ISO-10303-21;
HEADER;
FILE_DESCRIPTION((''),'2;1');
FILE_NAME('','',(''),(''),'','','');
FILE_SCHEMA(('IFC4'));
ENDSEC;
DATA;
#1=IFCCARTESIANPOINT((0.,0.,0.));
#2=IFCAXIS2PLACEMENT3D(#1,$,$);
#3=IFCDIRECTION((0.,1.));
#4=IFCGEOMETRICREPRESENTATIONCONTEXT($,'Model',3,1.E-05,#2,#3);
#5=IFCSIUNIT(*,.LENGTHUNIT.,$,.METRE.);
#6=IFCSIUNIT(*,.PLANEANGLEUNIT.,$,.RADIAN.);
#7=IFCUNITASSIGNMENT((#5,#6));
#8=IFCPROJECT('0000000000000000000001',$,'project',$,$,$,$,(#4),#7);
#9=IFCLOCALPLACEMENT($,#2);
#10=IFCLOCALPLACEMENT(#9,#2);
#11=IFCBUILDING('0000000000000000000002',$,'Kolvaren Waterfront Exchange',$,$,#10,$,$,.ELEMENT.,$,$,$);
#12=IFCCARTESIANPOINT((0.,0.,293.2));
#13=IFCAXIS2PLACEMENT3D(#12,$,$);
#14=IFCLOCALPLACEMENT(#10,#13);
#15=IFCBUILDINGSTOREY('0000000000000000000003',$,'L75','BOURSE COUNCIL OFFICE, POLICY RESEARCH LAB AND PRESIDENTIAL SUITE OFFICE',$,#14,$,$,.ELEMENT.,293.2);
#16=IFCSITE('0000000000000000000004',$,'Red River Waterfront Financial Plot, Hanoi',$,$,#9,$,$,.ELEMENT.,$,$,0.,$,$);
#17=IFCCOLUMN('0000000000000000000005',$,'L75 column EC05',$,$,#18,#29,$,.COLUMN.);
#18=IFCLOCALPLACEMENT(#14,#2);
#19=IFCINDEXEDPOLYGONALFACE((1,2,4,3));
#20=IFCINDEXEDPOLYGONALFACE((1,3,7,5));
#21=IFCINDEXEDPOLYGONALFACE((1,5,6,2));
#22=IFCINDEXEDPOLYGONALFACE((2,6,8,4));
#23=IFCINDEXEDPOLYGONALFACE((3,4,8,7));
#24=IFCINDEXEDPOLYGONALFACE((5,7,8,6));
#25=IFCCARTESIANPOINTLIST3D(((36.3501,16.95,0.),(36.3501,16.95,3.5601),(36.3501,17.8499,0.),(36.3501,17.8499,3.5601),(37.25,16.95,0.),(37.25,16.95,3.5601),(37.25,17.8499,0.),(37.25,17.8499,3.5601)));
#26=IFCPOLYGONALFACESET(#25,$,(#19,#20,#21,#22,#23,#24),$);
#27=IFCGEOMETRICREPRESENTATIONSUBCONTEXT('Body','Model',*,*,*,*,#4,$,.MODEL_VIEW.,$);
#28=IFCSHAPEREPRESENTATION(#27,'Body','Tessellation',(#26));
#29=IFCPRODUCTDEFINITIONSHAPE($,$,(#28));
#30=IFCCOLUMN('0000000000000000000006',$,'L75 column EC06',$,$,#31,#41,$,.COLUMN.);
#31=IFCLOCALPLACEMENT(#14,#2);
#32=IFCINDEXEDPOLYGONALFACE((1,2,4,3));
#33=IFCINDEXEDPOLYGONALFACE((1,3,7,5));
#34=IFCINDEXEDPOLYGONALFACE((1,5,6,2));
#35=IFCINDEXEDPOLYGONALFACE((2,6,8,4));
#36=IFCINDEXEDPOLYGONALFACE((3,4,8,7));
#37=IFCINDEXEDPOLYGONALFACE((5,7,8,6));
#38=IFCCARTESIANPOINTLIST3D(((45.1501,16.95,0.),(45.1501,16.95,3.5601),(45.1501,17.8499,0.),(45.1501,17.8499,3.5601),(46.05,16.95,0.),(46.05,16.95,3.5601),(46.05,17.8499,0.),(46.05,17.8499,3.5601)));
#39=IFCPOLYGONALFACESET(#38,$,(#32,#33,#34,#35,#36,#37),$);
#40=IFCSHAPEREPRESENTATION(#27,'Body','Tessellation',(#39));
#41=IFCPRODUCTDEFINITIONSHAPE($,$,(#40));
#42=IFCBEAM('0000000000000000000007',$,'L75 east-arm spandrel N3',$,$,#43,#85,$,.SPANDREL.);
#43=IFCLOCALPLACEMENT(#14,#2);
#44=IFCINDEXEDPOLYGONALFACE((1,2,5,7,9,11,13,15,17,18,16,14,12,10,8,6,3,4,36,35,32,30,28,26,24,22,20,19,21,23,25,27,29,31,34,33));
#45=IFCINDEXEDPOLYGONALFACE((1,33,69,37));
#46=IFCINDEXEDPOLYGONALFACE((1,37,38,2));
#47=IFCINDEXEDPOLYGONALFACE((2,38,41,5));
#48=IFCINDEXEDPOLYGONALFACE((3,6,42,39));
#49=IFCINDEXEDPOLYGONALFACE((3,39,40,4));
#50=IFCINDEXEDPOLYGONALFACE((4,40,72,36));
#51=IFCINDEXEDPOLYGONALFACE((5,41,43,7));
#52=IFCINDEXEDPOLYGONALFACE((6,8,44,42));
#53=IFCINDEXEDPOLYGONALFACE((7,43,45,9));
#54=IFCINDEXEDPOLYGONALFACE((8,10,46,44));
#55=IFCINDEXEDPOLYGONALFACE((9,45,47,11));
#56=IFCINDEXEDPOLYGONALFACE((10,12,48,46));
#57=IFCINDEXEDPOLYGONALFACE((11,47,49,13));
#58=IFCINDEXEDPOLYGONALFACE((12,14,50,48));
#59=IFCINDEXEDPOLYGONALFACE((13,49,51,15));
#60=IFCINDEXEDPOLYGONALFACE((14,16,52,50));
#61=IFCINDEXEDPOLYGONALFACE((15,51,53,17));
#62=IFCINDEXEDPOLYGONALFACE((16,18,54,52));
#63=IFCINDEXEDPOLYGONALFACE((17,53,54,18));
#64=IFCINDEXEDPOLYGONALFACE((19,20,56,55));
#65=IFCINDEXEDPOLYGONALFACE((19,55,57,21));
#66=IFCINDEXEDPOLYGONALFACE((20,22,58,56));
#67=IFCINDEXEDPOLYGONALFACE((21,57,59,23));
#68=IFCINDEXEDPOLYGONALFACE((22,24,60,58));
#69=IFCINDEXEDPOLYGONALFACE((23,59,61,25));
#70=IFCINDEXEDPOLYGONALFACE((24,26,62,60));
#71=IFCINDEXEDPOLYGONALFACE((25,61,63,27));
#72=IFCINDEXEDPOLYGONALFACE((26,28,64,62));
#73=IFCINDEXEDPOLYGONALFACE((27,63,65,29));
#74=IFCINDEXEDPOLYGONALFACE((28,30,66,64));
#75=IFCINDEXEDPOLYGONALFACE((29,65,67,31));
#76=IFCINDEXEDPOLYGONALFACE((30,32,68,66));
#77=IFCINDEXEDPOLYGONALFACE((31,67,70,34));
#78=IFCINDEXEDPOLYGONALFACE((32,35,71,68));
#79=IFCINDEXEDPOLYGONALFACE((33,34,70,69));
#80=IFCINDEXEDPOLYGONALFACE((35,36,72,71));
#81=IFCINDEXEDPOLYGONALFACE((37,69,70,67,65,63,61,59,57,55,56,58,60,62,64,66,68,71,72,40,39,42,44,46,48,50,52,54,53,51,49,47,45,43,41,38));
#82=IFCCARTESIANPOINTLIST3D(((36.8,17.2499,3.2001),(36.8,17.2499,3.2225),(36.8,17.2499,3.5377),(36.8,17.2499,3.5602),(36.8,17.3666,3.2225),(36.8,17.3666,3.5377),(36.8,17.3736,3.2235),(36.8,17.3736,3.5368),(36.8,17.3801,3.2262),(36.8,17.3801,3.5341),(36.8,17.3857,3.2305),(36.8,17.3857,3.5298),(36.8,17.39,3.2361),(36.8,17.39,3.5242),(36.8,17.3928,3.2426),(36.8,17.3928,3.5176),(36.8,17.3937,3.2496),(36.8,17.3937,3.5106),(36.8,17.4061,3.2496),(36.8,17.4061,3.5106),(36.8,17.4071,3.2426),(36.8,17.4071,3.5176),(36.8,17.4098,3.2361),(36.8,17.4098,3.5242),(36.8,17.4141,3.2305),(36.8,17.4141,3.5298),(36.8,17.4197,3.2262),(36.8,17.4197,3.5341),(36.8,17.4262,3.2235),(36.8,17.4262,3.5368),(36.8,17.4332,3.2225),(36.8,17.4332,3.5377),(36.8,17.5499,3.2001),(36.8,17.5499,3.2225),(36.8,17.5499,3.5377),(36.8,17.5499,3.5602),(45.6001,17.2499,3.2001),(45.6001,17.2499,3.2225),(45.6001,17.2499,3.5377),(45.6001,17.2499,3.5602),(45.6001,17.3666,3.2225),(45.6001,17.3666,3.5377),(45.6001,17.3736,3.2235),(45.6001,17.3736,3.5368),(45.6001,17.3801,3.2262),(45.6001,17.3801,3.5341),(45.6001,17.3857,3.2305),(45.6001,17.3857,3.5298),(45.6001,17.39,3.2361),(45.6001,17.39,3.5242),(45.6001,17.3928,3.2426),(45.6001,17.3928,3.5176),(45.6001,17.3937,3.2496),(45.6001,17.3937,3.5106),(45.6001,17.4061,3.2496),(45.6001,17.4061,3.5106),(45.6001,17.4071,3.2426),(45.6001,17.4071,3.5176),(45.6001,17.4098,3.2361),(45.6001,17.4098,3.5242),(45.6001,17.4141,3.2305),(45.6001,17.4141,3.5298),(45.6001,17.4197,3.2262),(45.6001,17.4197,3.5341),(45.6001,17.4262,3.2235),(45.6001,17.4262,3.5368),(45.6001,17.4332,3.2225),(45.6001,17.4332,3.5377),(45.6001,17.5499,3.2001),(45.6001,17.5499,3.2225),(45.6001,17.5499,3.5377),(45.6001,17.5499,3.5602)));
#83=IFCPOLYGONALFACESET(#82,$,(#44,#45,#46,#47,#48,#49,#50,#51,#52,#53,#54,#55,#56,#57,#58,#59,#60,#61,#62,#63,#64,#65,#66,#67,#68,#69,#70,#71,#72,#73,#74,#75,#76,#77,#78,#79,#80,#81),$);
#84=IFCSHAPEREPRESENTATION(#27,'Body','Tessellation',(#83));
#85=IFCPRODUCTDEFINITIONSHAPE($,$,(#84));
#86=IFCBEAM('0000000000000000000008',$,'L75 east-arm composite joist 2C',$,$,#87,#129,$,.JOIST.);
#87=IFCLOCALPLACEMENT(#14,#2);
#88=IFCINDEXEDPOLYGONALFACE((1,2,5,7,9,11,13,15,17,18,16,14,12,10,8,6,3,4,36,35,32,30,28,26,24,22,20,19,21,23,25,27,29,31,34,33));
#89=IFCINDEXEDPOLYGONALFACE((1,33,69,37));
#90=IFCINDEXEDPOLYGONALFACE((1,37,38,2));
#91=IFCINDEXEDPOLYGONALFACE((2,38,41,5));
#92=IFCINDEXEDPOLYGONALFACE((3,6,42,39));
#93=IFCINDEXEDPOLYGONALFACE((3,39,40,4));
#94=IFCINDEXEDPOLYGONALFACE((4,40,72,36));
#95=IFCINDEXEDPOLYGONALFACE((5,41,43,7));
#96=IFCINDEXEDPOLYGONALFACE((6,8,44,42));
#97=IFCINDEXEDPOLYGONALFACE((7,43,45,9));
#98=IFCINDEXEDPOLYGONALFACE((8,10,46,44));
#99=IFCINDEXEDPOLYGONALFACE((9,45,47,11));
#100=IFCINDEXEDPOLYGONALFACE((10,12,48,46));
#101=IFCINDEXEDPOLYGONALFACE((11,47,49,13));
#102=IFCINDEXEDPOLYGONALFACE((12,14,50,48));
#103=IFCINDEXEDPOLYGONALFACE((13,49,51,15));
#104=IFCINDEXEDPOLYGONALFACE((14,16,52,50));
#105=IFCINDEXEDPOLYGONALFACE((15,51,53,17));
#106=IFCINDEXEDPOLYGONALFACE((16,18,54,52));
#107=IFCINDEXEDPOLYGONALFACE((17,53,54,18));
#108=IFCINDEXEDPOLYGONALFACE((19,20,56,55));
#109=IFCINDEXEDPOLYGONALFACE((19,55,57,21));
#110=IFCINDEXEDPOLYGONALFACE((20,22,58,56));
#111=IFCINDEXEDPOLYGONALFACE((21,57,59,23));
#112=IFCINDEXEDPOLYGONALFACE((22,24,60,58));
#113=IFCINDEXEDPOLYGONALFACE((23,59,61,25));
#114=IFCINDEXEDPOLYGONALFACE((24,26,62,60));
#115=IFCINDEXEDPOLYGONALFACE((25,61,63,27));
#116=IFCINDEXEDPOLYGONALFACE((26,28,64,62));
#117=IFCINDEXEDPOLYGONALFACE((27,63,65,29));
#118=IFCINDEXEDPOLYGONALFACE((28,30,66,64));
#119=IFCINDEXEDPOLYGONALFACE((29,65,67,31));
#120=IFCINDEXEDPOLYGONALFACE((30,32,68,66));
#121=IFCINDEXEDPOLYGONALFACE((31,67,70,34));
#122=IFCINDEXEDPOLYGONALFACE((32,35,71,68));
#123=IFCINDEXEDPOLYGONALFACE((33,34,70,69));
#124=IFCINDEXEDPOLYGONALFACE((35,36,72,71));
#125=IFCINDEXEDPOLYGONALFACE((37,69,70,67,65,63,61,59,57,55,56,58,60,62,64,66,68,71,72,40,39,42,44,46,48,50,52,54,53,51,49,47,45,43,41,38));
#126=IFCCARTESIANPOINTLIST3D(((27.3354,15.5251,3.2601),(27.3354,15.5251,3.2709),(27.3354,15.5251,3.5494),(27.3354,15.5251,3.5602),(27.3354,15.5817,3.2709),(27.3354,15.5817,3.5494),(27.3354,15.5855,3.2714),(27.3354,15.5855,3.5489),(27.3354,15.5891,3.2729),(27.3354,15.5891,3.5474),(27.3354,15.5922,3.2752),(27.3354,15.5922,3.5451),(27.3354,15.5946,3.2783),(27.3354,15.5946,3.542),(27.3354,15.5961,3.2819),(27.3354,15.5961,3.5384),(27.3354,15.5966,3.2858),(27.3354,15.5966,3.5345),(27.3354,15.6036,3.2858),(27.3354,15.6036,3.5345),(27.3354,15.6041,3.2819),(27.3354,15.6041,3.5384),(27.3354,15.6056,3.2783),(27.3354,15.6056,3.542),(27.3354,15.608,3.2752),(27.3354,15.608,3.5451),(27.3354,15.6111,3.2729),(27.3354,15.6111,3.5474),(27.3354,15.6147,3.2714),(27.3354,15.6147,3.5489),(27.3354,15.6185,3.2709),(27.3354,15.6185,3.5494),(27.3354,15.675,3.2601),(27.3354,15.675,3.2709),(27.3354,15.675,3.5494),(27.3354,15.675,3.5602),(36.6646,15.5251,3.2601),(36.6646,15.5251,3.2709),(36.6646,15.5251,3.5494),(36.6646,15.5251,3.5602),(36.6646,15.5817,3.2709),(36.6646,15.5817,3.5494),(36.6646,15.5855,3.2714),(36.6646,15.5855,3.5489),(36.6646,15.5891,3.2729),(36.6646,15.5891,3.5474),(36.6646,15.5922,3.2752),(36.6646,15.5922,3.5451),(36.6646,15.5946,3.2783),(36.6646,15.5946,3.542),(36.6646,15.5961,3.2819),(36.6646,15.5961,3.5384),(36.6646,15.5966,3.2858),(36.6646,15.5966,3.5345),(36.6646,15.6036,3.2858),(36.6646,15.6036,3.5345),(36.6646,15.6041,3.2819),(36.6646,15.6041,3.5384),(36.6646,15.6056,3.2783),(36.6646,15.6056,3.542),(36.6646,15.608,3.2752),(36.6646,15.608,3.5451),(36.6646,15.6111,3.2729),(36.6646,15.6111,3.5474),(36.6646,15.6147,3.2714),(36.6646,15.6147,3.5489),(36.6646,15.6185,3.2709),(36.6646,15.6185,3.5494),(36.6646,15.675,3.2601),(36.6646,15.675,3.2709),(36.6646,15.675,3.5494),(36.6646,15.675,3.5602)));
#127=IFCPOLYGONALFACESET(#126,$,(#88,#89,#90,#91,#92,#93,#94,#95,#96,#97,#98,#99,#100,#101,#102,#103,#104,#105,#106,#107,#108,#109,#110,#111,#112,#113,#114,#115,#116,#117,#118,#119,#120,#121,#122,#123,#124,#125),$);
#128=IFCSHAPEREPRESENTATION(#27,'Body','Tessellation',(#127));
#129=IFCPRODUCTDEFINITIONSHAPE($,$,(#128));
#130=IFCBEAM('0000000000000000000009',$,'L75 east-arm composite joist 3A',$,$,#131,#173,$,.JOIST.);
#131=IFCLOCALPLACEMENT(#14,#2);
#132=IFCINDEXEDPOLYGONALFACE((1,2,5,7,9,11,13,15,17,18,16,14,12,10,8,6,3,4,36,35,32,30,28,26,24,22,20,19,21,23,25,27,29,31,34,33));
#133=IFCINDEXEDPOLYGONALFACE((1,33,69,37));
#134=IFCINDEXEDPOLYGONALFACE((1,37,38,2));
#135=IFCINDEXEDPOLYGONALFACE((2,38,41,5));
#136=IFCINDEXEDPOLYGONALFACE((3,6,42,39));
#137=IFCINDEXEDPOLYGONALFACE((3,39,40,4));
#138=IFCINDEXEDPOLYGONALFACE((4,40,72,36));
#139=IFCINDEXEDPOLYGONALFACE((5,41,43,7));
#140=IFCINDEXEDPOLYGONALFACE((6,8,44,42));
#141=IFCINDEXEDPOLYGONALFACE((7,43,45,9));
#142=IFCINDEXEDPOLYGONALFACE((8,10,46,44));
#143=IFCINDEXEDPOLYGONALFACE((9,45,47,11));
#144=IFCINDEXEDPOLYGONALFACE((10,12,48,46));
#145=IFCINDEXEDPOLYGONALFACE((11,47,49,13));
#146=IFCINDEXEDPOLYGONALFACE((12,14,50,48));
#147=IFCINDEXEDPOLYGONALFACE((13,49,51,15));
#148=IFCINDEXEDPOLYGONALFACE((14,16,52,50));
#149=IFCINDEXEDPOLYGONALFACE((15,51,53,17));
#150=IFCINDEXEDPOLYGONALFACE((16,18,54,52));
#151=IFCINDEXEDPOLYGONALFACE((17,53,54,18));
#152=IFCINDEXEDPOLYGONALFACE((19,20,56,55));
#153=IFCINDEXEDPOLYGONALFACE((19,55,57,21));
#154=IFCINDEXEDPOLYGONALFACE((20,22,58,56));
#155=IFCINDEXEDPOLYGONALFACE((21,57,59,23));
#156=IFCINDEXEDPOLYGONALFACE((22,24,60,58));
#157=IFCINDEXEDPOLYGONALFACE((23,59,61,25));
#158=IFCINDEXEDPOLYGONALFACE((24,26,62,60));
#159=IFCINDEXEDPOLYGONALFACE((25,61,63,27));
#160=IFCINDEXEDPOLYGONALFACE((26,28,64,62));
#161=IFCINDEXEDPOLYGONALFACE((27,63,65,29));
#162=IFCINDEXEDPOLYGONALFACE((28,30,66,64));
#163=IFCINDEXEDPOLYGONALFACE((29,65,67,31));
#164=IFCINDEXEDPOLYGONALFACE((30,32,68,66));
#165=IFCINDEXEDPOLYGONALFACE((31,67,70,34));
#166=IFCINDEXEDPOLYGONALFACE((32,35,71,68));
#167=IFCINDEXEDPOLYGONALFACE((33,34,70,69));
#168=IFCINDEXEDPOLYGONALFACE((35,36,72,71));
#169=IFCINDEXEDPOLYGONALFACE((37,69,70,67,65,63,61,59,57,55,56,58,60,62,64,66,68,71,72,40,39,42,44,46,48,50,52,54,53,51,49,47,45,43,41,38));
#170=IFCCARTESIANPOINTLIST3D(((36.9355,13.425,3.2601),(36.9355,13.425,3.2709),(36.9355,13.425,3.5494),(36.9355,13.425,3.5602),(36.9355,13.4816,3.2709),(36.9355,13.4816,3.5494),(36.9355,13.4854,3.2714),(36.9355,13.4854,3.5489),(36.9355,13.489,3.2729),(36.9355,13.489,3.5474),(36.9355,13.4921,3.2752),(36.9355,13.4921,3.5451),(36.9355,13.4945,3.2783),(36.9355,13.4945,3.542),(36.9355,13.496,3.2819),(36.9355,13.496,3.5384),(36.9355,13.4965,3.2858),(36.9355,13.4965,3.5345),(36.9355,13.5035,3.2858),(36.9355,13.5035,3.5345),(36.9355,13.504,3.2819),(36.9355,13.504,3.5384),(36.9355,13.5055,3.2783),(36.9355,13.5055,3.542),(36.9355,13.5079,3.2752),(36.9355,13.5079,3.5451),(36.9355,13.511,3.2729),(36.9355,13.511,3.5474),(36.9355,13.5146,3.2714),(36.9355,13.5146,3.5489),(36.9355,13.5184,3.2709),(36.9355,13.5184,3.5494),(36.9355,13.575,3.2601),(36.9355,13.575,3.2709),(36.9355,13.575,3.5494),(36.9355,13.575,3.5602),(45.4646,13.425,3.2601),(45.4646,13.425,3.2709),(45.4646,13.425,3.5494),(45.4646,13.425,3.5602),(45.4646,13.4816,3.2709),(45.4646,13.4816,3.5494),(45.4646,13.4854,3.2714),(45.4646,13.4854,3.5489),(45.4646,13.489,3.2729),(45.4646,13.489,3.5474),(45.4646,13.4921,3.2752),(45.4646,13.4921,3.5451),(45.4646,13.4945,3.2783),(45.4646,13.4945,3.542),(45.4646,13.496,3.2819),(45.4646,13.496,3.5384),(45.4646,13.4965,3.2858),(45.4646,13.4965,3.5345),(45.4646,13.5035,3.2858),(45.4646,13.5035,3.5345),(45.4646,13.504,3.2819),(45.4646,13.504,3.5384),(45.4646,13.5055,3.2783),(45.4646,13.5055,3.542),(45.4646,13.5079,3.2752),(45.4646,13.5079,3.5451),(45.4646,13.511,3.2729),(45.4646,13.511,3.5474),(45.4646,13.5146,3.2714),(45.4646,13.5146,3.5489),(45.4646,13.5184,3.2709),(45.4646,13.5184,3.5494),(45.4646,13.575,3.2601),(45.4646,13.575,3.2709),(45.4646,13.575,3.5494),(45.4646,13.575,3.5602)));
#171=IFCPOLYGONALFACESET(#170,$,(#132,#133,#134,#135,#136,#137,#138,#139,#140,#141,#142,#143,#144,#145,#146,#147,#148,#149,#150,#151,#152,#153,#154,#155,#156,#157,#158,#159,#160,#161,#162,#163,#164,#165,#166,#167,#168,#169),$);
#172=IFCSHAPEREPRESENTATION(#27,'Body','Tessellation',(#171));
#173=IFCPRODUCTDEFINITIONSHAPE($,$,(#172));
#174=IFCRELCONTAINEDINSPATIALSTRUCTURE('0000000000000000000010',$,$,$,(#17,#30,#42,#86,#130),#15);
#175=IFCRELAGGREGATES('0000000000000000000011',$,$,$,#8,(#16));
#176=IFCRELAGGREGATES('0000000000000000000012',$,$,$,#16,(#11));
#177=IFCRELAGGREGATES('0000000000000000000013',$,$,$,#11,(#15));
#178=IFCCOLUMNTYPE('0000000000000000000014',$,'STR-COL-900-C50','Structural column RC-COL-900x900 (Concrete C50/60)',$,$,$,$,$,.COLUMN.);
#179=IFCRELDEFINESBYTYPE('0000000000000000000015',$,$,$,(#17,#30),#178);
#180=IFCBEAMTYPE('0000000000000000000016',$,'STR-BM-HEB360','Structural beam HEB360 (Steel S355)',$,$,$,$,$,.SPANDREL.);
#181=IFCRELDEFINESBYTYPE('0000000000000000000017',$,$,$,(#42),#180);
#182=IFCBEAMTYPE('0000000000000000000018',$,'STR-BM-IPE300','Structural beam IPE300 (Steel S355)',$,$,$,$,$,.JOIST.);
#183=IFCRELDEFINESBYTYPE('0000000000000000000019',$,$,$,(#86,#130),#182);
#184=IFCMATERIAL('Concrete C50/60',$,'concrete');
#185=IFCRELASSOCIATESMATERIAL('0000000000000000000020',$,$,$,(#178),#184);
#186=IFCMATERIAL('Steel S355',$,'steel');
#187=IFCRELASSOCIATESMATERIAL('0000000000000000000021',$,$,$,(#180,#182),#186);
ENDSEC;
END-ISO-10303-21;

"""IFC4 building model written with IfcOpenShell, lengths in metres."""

from ifc_helpers import new_model, si_unit, direction, frame, origin, origin_2d, place, context, subcontext, project, spatial, rectangle, i_section, extrude, material, material_profile, profile_set, type_object, element, save


model = new_model("IFC4")

# Units and contexts
model_context = context("Model", 3, precision=1e-05, world=origin(), true_north=direction((0.0, 1.0)))
body_context = subcontext(model_context, "Body", "Model", "MODEL_VIEW")
ifc_project = project(units=[si_unit("LENGTHUNIT", "METRE"), si_unit("PLANEANGLEUNIT", "RADIAN")], contexts=[model_context])

# Site, building, storey
site_placement = place(None, origin())
site = spatial("IfcSite", under=ifc_project, at=site_placement, Name="Red River Waterfront Financial Plot, Hanoi", CompositionType="ELEMENT", RefElevation=0.0)
building_placement = place(site_placement, origin())
building = spatial("IfcBuilding", under=site, at=building_placement, Name="Kolvaren Waterfront Exchange", CompositionType="ELEMENT")
storey_placement = place(building_placement, frame((0.0, 0.0, 293.2)))
storey = spatial("IfcBuildingStorey", under=building, at=storey_placement, Name="L75", Description="BOURSE COUNCIL OFFICE, POLICY RESEARCH LAB AND PRESIDENTIAL SUITE OFFICE", CompositionType="ELEMENT", Elevation=293.2)

# Columns
ifc_material_1 = material(Name="Concrete C50/60", Category="concrete")
ifc_material_profile_1 = material_profile(ifc_material_1, rectangle(XDim=0.8999, YDim=0.8999, at=origin_2d()), Name="RC-COL-900x900")
ifc_profile_set_1 = profile_set([ifc_material_profile_1], Name="Concrete C50/60")
column_type = type_object("IfcColumnType", Name="STR-COL-900-C50", Description="Structural column RC-COL-900x900 (Concrete C50/60)", PredefinedType="COLUMN", material=ifc_profile_set_1)
for number, where, z_axis, x_axis, name in (
    (1, (36.8, 17.3999, 0.0), (0.0, 0.0, 1.0), (1.0, 0.0, 0.0), "L75 column EC05"),
    (2, (45.6001, 17.3999, 0.0), (0.0, 0.0, 1.0), (1.0, 0.0, 0.0), "L75 column EC06"),
):
    element("IfcColumn", number, at=place(storey_placement, frame(where, z_axis=z_axis, x_axis=x_axis)), inside=storey, type_object=column_type, Name=name, PredefinedType="COLUMN", context=body_context, shape_type="SweptSolid", body=[
        extrude(rectangle(XDim=0.8999, YDim=0.8999, at=origin_2d()), origin(), (0.0, 0.0, 1.0), 3.5601),
    ])

# Beams
ifc_material_2 = material(Name="Steel S355", Category="steel")
ifc_material_profile_2 = material_profile(ifc_material_2, i_section(OverallWidth=0.3, OverallDepth=0.3601, WebThickness=0.0125, FlangeThickness=0.0225, FilletRadius=0.0271, at=origin_2d()), Name="HEB360")
ifc_profile_set_2 = profile_set([ifc_material_profile_2], Name="Steel S355")
beam_type_1 = type_object("IfcBeamType", Name="STR-BM-HEB360", Description="Structural beam HEB360 (Steel S355)", PredefinedType="SPANDREL", material=ifc_profile_set_2)
beam_1_placement = place(storey_placement, frame((36.8, 17.3999, 3.3801), z_axis=(1.0, 0.0, 0.0), x_axis=(0.0, 1.0, 0.0)))
element("IfcBeam", 3, at=beam_1_placement, inside=storey, type_object=beam_type_1, Name="L75 east-arm spandrel N3", PredefinedType="SPANDREL", context=body_context, shape_type="SweptSolid", body=[
    extrude(i_section(OverallWidth=0.3, OverallDepth=0.3601, WebThickness=0.0125, FlangeThickness=0.0225, FilletRadius=0.0271, at=origin_2d()), origin(), (0.0, 0.0, 1.0), 8.8),
])
ifc_material_profile_3 = material_profile(ifc_material_2, i_section(OverallWidth=0.1499, OverallDepth=0.3, WebThickness=0.0071, FlangeThickness=0.0107, FilletRadius=0.0149, at=origin_2d()), Name="IPE300")
ifc_profile_set_3 = profile_set([ifc_material_profile_3], Name="Steel S355")
beam_type_2 = type_object("IfcBeamType", Name="STR-BM-IPE300", Description="Structural beam IPE300 (Steel S355)", PredefinedType="JOIST", material=ifc_profile_set_3)
beam_2_placement = place(storey_placement, frame((27.3354, 15.6001, 3.4102), z_axis=(1.0, 0.0, 0.0), x_axis=(0.0, 1.0, 0.0)))
element("IfcBeam", 4, at=beam_2_placement, inside=storey, type_object=beam_type_2, Name="L75 east-arm composite joist 2C", PredefinedType="JOIST", context=body_context, shape_type="SweptSolid", body=[
    extrude(i_section(OverallWidth=0.1499, OverallDepth=0.3, WebThickness=0.0071, FlangeThickness=0.0107, FilletRadius=0.0149, at=origin_2d()), origin(), (0.0, 0.0, 1.0), 9.3291),
])
for number, where, z_axis, x_axis, name in (
    (5, (36.9355, 13.5, 3.4102), (1.0, 0.0, 0.0), (0.0, 1.0, 0.0), "L75 east-arm composite joist 3A"),
):
    element("IfcBeam", number, at=place(storey_placement, frame(where, z_axis=z_axis, x_axis=x_axis)), inside=storey, type_object=beam_type_2, Name=name, PredefinedType="JOIST", context=body_context, shape_type="SweptSolid", body=[
        extrude(i_section(OverallWidth=0.1499, OverallDepth=0.3, WebThickness=0.0071, FlangeThickness=0.0107, FilletRadius=0.0149, at=origin_2d()), origin(), (0.0, 0.0, 1.0), 8.5291),
    ])

save(model, "model.ifc")
